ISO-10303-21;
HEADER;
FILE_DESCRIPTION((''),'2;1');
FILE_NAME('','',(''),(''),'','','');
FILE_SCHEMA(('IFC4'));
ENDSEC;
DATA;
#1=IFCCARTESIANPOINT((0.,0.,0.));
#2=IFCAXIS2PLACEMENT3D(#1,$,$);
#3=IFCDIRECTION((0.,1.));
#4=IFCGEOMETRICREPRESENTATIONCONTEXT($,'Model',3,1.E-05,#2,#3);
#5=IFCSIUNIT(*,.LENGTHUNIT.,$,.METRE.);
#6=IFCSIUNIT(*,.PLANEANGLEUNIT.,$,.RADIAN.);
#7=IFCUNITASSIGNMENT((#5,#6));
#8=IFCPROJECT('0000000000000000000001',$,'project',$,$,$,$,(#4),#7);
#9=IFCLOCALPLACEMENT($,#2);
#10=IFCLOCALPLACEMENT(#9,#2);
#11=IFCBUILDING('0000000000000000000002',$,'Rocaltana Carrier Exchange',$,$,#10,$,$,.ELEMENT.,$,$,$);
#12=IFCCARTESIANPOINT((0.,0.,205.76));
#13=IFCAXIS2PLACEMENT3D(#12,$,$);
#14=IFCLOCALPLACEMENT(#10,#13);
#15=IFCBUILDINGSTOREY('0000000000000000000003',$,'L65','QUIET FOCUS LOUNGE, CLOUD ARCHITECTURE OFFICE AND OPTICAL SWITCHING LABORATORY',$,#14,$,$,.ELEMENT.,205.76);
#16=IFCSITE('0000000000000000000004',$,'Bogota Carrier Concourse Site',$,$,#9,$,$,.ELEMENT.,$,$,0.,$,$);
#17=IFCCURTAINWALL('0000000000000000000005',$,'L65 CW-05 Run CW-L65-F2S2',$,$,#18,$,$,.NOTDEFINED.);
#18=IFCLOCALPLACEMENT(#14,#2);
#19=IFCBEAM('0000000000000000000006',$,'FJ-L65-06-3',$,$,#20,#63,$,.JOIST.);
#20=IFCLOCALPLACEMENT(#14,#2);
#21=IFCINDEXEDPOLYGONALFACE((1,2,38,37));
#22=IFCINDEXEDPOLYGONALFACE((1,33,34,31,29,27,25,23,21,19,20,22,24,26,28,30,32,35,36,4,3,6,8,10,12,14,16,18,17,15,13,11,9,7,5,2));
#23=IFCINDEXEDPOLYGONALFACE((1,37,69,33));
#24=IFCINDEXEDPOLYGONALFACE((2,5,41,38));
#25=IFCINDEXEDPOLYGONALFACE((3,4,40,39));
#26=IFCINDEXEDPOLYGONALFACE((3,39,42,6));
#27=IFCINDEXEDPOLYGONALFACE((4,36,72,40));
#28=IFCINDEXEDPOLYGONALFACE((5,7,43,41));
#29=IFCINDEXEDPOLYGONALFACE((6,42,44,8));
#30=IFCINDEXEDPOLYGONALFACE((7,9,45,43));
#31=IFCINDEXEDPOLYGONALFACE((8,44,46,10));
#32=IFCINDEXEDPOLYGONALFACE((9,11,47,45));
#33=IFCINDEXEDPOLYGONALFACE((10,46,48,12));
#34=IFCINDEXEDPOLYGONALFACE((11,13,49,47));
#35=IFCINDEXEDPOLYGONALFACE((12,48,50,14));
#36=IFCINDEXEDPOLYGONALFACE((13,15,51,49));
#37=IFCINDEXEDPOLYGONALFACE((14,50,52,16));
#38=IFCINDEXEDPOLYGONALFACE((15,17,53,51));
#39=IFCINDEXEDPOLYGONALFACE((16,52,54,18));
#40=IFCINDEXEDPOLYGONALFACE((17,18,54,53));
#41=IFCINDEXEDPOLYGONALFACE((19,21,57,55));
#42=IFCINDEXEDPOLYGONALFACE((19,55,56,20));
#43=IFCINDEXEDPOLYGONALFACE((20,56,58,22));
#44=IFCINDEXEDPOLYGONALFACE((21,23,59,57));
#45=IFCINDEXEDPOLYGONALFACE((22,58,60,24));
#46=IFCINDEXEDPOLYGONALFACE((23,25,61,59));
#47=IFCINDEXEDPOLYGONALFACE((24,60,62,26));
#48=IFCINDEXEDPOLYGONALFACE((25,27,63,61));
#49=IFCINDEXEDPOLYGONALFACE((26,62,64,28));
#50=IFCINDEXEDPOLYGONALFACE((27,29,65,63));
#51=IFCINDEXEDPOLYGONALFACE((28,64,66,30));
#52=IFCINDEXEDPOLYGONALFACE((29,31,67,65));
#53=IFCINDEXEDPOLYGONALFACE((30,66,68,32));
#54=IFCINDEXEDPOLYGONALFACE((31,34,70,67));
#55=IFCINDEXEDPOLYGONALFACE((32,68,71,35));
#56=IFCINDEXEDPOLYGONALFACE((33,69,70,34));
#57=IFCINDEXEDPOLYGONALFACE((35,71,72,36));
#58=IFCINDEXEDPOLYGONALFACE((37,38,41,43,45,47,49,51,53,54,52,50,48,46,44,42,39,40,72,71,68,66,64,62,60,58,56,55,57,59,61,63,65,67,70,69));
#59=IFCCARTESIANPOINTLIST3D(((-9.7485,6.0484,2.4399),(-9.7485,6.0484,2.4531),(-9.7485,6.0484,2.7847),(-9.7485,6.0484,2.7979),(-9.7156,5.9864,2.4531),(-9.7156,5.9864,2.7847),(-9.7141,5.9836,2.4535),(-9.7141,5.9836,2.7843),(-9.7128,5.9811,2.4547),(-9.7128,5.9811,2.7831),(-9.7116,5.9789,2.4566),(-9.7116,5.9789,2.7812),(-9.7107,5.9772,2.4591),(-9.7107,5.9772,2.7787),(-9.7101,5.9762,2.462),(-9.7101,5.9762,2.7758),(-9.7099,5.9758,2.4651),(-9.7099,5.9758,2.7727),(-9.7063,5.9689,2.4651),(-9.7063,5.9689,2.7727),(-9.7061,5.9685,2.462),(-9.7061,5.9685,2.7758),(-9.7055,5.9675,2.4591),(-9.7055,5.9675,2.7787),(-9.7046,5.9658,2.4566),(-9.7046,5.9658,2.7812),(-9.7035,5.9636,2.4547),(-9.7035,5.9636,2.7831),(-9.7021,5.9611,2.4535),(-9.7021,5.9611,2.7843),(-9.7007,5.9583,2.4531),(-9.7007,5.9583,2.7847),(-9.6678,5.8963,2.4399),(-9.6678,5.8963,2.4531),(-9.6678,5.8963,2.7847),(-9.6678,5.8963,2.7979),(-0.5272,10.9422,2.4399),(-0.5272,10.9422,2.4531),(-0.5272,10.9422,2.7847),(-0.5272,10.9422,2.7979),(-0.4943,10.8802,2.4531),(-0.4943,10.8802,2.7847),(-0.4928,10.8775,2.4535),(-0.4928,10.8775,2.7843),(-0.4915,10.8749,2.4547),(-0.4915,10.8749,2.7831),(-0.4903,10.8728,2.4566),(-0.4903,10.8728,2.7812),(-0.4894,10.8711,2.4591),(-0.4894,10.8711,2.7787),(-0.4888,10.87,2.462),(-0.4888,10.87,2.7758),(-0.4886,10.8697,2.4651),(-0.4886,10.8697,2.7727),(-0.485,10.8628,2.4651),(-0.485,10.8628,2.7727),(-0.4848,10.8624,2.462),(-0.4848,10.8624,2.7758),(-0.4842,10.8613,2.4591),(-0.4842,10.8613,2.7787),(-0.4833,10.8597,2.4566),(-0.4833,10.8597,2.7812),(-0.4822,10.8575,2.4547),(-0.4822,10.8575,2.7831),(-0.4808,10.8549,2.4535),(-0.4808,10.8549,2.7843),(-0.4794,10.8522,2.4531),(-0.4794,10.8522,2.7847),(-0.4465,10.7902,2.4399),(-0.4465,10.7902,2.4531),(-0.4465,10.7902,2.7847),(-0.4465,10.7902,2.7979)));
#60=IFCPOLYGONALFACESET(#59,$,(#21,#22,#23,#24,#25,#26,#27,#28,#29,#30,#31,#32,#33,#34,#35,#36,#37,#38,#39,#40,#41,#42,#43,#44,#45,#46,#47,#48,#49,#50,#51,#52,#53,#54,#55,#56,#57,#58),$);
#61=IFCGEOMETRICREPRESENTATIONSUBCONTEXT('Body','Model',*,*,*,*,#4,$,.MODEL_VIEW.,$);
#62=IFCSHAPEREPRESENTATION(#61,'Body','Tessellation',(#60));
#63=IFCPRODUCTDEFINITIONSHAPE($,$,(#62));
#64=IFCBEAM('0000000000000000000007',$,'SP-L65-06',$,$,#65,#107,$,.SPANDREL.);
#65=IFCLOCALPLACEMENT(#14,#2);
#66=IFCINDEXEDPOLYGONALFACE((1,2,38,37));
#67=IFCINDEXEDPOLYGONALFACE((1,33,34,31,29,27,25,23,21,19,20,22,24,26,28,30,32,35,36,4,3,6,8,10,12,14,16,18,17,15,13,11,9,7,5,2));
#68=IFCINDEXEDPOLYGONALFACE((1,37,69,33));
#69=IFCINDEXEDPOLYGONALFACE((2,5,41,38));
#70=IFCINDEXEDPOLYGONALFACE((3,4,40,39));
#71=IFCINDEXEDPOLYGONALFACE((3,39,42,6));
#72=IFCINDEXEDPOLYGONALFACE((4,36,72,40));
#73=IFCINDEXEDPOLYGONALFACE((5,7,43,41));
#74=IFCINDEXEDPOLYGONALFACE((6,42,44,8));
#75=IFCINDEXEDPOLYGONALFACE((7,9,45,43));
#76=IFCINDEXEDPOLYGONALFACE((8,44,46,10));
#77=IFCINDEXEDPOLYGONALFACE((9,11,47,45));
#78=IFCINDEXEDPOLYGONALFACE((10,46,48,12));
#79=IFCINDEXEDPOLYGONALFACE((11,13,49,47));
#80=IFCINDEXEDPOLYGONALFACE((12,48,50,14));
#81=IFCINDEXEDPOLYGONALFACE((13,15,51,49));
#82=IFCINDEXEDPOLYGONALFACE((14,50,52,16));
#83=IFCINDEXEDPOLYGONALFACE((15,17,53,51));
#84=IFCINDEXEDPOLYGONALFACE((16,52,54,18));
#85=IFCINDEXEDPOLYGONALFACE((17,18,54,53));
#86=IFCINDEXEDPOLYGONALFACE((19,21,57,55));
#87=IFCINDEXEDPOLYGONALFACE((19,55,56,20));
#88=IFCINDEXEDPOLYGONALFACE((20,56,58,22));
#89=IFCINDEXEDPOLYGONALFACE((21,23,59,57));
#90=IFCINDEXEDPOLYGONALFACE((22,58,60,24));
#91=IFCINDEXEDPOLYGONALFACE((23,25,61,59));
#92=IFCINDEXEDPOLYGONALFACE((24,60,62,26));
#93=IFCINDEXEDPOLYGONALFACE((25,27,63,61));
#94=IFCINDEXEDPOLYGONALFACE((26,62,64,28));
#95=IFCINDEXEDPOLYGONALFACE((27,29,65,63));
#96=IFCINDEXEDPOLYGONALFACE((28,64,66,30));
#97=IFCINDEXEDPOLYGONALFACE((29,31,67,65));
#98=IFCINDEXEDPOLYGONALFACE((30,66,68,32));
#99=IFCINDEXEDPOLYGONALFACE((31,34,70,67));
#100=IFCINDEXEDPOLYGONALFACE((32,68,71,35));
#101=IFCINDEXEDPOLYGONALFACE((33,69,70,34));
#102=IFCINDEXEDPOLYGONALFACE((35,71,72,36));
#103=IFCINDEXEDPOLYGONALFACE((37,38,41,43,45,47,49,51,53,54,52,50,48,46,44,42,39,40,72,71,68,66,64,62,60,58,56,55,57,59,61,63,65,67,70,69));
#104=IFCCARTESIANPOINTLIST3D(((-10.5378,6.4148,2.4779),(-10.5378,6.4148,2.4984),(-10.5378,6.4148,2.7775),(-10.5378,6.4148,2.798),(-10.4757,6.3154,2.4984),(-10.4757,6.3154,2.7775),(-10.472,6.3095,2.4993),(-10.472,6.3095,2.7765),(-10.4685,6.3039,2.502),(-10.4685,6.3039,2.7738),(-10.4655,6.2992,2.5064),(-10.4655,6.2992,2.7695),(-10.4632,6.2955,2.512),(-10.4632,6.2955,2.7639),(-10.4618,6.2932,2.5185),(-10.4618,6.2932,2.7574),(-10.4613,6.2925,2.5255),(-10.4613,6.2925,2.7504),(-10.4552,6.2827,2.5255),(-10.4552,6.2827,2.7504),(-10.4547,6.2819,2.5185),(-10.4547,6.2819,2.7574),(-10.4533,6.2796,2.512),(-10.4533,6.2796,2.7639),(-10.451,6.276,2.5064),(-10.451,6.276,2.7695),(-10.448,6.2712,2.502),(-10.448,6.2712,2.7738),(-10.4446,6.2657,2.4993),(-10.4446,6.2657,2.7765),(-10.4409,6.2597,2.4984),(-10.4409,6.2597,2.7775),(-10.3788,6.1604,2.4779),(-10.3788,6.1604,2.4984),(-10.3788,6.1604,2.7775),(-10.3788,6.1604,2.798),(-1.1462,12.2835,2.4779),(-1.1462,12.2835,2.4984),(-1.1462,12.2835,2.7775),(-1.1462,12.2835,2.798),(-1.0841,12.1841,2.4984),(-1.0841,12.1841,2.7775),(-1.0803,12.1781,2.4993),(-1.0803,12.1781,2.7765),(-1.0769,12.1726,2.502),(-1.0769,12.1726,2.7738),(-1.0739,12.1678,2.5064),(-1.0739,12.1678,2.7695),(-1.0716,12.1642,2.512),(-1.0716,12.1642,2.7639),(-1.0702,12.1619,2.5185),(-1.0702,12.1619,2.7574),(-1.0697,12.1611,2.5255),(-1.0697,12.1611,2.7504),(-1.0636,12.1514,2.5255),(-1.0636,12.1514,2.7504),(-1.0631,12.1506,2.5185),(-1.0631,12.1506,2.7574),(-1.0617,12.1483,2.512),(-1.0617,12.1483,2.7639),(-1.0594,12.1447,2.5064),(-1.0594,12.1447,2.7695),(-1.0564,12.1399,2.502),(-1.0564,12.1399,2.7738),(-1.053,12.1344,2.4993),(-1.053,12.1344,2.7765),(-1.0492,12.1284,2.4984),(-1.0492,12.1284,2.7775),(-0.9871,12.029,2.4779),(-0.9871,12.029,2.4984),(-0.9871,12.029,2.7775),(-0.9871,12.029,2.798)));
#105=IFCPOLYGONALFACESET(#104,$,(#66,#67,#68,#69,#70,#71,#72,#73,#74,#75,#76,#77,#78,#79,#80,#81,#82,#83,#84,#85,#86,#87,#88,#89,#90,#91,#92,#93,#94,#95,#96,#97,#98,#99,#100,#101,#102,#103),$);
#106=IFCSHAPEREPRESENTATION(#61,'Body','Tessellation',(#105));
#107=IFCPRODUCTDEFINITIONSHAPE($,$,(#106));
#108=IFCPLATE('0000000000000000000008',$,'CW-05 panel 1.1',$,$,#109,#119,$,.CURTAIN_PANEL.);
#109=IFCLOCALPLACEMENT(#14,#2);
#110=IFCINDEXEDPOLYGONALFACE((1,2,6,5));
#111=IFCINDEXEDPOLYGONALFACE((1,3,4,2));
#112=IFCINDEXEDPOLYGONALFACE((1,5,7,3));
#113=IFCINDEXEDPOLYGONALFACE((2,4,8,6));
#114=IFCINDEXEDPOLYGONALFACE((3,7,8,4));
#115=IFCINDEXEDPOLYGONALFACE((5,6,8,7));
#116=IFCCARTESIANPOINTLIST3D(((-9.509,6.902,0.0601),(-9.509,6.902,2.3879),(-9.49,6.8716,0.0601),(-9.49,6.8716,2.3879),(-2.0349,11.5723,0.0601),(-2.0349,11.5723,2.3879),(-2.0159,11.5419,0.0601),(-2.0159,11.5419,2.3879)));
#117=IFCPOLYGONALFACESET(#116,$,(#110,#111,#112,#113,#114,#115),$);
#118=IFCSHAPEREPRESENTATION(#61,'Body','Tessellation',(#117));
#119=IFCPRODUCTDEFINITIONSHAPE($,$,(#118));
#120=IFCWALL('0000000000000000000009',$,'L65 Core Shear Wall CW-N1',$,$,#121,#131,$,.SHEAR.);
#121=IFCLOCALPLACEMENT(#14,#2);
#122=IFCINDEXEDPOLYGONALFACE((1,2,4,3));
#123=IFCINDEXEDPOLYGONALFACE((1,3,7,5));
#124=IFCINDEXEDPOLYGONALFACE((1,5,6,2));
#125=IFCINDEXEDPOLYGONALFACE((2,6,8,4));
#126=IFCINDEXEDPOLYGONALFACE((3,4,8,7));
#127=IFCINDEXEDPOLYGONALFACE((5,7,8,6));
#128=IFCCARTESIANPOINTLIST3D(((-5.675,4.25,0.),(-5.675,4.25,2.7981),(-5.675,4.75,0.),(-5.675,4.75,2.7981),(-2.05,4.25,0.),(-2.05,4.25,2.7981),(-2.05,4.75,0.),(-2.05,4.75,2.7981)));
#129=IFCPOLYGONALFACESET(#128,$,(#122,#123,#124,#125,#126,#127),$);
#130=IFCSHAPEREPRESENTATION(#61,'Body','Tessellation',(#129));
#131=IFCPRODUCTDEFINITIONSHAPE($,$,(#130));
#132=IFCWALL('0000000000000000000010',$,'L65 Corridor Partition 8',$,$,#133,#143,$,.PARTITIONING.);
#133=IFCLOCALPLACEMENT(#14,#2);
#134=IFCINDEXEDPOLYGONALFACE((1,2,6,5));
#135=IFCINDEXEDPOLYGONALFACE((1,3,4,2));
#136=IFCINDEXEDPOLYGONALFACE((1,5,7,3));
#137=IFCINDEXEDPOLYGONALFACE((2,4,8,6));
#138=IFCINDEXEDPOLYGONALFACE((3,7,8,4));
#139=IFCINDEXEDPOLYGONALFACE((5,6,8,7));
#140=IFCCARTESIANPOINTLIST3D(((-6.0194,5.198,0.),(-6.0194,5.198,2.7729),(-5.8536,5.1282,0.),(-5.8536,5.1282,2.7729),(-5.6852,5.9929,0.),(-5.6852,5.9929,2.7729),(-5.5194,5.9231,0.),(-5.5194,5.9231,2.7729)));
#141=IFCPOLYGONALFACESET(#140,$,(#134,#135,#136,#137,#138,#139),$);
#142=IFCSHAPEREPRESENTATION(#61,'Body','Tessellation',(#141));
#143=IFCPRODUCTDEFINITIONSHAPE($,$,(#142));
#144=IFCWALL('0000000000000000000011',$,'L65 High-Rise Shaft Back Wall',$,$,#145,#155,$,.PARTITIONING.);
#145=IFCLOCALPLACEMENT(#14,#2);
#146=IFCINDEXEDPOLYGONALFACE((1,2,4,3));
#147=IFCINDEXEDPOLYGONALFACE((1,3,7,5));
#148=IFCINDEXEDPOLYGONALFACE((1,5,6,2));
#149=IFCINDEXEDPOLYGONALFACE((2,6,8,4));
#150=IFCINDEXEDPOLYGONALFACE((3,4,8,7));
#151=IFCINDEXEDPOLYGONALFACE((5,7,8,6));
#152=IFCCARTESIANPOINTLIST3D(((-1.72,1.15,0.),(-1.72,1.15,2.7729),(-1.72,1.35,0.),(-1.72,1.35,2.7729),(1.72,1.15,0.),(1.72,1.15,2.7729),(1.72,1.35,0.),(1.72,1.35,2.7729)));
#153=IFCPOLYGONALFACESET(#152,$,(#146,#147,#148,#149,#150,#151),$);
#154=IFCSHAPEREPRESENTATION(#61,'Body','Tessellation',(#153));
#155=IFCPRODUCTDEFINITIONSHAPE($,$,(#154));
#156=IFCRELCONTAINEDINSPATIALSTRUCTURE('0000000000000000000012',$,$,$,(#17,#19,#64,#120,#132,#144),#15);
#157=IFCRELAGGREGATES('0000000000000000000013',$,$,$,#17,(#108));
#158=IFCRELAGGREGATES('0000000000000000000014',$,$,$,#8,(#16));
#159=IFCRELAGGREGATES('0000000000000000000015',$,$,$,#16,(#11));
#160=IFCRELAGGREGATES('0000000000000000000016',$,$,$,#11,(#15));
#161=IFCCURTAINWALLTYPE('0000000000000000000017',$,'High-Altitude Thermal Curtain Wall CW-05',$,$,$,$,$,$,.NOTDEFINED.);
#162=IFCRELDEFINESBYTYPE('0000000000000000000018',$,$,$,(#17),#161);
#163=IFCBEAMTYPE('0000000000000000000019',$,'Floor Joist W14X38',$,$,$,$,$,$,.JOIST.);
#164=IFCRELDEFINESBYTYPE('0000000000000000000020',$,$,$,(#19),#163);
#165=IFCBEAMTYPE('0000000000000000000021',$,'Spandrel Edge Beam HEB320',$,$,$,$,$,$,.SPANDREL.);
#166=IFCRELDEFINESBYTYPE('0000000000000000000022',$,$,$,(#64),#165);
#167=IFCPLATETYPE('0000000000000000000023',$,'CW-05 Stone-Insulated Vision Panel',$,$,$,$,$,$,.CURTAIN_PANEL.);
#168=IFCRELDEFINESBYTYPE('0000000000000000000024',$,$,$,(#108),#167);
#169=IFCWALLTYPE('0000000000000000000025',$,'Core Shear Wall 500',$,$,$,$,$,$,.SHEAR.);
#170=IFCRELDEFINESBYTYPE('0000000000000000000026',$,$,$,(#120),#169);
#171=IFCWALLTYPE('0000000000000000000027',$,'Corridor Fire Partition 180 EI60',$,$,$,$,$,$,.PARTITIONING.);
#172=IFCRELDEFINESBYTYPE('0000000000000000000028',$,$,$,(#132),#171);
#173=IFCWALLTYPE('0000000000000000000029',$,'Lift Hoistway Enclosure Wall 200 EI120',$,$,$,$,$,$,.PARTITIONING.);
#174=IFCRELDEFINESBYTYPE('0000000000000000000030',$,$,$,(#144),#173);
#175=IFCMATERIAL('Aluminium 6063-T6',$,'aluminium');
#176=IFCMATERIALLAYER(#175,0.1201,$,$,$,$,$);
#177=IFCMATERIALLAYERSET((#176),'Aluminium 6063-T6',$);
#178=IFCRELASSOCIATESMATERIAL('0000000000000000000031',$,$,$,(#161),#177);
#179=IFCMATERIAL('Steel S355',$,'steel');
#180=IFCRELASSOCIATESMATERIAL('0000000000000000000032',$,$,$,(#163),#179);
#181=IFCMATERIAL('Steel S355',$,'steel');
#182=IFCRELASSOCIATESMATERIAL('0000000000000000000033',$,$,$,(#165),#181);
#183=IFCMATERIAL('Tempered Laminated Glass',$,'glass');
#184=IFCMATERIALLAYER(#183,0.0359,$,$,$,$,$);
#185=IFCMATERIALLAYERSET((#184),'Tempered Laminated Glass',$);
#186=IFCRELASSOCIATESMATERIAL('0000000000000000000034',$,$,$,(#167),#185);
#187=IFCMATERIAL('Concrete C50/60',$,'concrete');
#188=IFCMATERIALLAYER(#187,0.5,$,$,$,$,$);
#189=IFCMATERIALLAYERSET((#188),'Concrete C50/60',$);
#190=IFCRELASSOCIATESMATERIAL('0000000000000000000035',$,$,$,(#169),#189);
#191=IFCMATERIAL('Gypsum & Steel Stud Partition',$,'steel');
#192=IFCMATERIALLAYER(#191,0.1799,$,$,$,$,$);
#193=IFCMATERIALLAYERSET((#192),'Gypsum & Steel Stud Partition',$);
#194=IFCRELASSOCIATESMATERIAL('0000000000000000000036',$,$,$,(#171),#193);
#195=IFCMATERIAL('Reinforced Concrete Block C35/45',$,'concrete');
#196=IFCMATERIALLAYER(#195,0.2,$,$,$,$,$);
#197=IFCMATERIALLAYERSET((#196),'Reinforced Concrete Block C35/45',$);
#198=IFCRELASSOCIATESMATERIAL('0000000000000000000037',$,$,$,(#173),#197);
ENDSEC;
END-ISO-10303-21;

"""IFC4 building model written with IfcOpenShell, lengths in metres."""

from ifc_helpers import new_model, si_unit, direction, frame, frame_2d, origin, origin_2d, place, context, subcontext, project, spatial, rectangle, i_section, extrude, material, layer, layer_set, material_profile, profile_set, type_object, element, aggregate, save


model = new_model("IFC4")

# Units and contexts
model_context = context("Model", 3, precision=1e-05, world=origin(), true_north=direction((0.0, 1.0)))
body_context = subcontext(model_context, "Body", "Model", "MODEL_VIEW")
ifc_project = project(units=[si_unit("LENGTHUNIT", "METRE"), si_unit("PLANEANGLEUNIT", "RADIAN")], contexts=[model_context])

# Site, building, storey
site_placement = place(None, origin())
site = spatial("IfcSite", under=ifc_project, at=site_placement, Name="Bogota Carrier Concourse Site", CompositionType="ELEMENT", RefElevation=0.0)
building_placement = place(site_placement, origin())
building = spatial("IfcBuilding", under=site, at=building_placement, Name="Rocaltana Carrier Exchange", CompositionType="ELEMENT")
storey_placement = place(building_placement, frame((0.0, 0.0, 205.76)))
storey = spatial("IfcBuildingStorey", under=building, at=storey_placement, Name="L65", Description="QUIET FOCUS LOUNGE, CLOUD ARCHITECTURE OFFICE AND OPTICAL SWITCHING LABORATORY", CompositionType="ELEMENT", Elevation=205.76)

# Curtain wall
ifc_material_1 = material(Name="Aluminium 6063-T6", Category="aluminium")
ifc_layer_1 = layer(ifc_material_1, 0.1201)
ifc_layer_set_1 = layer_set([ifc_layer_1], Name="Aluminium 6063-T6")
curtain_wall_type = type_object("IfcCurtainWallType", Name="High-Altitude Thermal Curtain Wall CW-05", PredefinedType="NOTDEFINED", material=ifc_layer_set_1)
curtain_wall_placement = place(storey_placement, origin())
curtain_wall = element("IfcCurtainWall", 1, at=curtain_wall_placement, inside=storey, type_object=curtain_wall_type, Name="L65 CW-05 Run CW-L65-F2S2", PredefinedType="NOTDEFINED")

# Beams
ifc_material_2 = material(Name="Steel S355", Category="steel")
ifc_material_profile_1 = material_profile(ifc_material_2, i_section(OverallWidth=0.1721, OverallDepth=0.3579, WebThickness=0.0078, FlangeThickness=0.0132, FilletRadius=0.012, at=origin_2d()), Name="W14X38")
ifc_profile_set_1 = profile_set([ifc_material_profile_1], Name="Steel S355")
beam_type_1 = type_object("IfcBeamType", Name="Floor Joist W14X38", PredefinedType="JOIST", material=ifc_profile_set_1)
beam_1_placement = place(storey_placement, frame((-0.4868, 10.8662, 2.6189), z_axis=(-0.883312, -0.468785, 0.0), x_axis=(0.468785, -0.883312, 0.0)))
element("IfcBeam", 2, at=beam_1_placement, inside=storey, type_object=beam_type_1, Name="FJ-L65-06-3", PredefinedType="JOIST", context=body_context, shape_type="SweptSolid", body=[
    extrude(i_section(OverallWidth=0.1721, OverallDepth=0.3579, WebThickness=0.0078, FlangeThickness=0.0132, FilletRadius=0.012, at=origin_2d()), origin(), (0.0, 0.0, 1.0), 10.4395),
])
ifc_material_3 = material(Name="Steel S355", Category="steel")
ifc_material_profile_2 = material_profile(ifc_material_3, i_section(OverallWidth=0.3, OverallDepth=0.3201, WebThickness=0.0115, FlangeThickness=0.0205, FilletRadius=0.0271, at=origin_2d()), Name="HEB320")
ifc_profile_set_2 = profile_set([ifc_material_profile_2], Name="Steel S355")
beam_type_2 = type_object("IfcBeamType", Name="Spandrel Edge Beam HEB320", PredefinedType="SPANDREL", material=ifc_profile_set_2)
beam_2_placement = place(storey_placement, frame((-1.0667, 12.1562, 2.6379), z_axis=(-0.848043, -0.529928, 0.0), x_axis=(0.529928, -0.848043, 0.0)))
element("IfcBeam", 3, at=beam_2_placement, inside=storey, type_object=beam_type_2, Name="SP-L65-06", PredefinedType="SPANDREL", context=body_context, shape_type="SweptSolid", body=[
    extrude(i_section(OverallWidth=0.3, OverallDepth=0.3201, WebThickness=0.0115, FlangeThickness=0.0205, FilletRadius=0.0271, at=origin_2d()), origin(), (0.0, 0.0, 1.0), 11.0745),
])

# Plate
ifc_material_4 = material(Name="Tempered Laminated Glass", Category="glass")
ifc_layer_2 = layer(ifc_material_4, 0.0359)
ifc_layer_set_2 = layer_set([ifc_layer_2], Name="Tempered Laminated Glass")
plate_type = type_object("IfcPlateType", Name="CW-05 Stone-Insulated Vision Panel", PredefinedType="CURTAIN_PANEL", material=ifc_layer_set_2)
plate_placement = place(storey_placement, frame((-5.7625, 9.2219, 0.0601), z_axis=(0.0, 0.0, 1.0), x_axis=(-0.848047, -0.52992, 0.0)))
plate = element("IfcPlate", 4, at=plate_placement, type_object=plate_type, Name="CW-05 panel 1.1", PredefinedType="CURTAIN_PANEL", context=body_context, shape_type="SweptSolid", body=[
    extrude(rectangle(XDim=8.8132, YDim=0.0359, at=origin_2d()), origin(), (0.0, 0.0, 1.0), 2.3279),
])
aggregate(curtain_wall, [plate])

# Walls
ifc_material_5 = material(Name="Concrete C50/60", Category="concrete")
ifc_layer_3 = layer(ifc_material_5, 0.5)
ifc_layer_set_3 = layer_set([ifc_layer_3], Name="Concrete C50/60")
wall_type_1 = type_object("IfcWallType", Name="Core Shear Wall 500", PredefinedType="SHEAR", material=ifc_layer_set_3)
wall_1_placement = place(storey_placement, frame((-5.675, 4.5, 0.0), z_axis=(0.0, 0.0, 1.0), x_axis=(1.0, 0.0, 0.0)))
element("IfcWall", 5, at=wall_1_placement, inside=storey, type_object=wall_type_1, Name="L65 Core Shear Wall CW-N1", PredefinedType="SHEAR", context=body_context, shape_type="SweptSolid", body=[
    extrude(rectangle(XDim=3.625, YDim=0.5, at=frame_2d((1.8125, 0.0))), origin(), (0.0, 0.0, 1.0), 2.7981),
])
ifc_material_6 = material(Name="Gypsum & Steel Stud Partition", Category="steel")
ifc_layer_4 = layer(ifc_material_6, 0.1799)
ifc_layer_set_4 = layer_set([ifc_layer_4], Name="Gypsum & Steel Stud Partition")
wall_type_2 = type_object("IfcWallType", Name="Corridor Fire Partition 180 EI60", PredefinedType="PARTITIONING", material=ifc_layer_set_4)
wall_2_placement = place(storey_placement, frame((-5.6023, 5.958, 0.0), z_axis=(0.0, 0.0, 1.0), x_axis=(-0.387589, -0.921832, 0.0)))
element("IfcWall", 6, at=wall_2_placement, inside=storey, type_object=wall_type_2, Name="L65 Corridor Partition 8", PredefinedType="PARTITIONING", context=body_context, shape_type="SweptSolid", body=[
    extrude(rectangle(XDim=0.8623, YDim=0.1799, at=frame_2d((0.4312, 0.0))), origin(), (0.0, 0.0, 1.0), 2.7729),
])
ifc_material_7 = material(Name="Reinforced Concrete Block C35/45", Category="concrete")
ifc_layer_5 = layer(ifc_material_7, 0.2)
ifc_layer_set_5 = layer_set([ifc_layer_5], Name="Reinforced Concrete Block C35/45")
wall_type_3 = type_object("IfcWallType", Name="Lift Hoistway Enclosure Wall 200 EI120", PredefinedType="PARTITIONING", material=ifc_layer_set_5)
wall_3_placement = place(storey_placement, frame((-1.72, 1.25, 0.0), z_axis=(0.0, 0.0, 1.0), x_axis=(1.0, 0.0, 0.0)))
element("IfcWall", 7, at=wall_3_placement, inside=storey, type_object=wall_type_3, Name="L65 High-Rise Shaft Back Wall", PredefinedType="PARTITIONING", context=body_context, shape_type="SweptSolid", body=[
    extrude(rectangle(XDim=3.4399, YDim=0.2, at=frame_2d((1.72, 0.0))), origin(), (0.0, 0.0, 1.0), 2.7729),
])

save(model, "model.ifc")
